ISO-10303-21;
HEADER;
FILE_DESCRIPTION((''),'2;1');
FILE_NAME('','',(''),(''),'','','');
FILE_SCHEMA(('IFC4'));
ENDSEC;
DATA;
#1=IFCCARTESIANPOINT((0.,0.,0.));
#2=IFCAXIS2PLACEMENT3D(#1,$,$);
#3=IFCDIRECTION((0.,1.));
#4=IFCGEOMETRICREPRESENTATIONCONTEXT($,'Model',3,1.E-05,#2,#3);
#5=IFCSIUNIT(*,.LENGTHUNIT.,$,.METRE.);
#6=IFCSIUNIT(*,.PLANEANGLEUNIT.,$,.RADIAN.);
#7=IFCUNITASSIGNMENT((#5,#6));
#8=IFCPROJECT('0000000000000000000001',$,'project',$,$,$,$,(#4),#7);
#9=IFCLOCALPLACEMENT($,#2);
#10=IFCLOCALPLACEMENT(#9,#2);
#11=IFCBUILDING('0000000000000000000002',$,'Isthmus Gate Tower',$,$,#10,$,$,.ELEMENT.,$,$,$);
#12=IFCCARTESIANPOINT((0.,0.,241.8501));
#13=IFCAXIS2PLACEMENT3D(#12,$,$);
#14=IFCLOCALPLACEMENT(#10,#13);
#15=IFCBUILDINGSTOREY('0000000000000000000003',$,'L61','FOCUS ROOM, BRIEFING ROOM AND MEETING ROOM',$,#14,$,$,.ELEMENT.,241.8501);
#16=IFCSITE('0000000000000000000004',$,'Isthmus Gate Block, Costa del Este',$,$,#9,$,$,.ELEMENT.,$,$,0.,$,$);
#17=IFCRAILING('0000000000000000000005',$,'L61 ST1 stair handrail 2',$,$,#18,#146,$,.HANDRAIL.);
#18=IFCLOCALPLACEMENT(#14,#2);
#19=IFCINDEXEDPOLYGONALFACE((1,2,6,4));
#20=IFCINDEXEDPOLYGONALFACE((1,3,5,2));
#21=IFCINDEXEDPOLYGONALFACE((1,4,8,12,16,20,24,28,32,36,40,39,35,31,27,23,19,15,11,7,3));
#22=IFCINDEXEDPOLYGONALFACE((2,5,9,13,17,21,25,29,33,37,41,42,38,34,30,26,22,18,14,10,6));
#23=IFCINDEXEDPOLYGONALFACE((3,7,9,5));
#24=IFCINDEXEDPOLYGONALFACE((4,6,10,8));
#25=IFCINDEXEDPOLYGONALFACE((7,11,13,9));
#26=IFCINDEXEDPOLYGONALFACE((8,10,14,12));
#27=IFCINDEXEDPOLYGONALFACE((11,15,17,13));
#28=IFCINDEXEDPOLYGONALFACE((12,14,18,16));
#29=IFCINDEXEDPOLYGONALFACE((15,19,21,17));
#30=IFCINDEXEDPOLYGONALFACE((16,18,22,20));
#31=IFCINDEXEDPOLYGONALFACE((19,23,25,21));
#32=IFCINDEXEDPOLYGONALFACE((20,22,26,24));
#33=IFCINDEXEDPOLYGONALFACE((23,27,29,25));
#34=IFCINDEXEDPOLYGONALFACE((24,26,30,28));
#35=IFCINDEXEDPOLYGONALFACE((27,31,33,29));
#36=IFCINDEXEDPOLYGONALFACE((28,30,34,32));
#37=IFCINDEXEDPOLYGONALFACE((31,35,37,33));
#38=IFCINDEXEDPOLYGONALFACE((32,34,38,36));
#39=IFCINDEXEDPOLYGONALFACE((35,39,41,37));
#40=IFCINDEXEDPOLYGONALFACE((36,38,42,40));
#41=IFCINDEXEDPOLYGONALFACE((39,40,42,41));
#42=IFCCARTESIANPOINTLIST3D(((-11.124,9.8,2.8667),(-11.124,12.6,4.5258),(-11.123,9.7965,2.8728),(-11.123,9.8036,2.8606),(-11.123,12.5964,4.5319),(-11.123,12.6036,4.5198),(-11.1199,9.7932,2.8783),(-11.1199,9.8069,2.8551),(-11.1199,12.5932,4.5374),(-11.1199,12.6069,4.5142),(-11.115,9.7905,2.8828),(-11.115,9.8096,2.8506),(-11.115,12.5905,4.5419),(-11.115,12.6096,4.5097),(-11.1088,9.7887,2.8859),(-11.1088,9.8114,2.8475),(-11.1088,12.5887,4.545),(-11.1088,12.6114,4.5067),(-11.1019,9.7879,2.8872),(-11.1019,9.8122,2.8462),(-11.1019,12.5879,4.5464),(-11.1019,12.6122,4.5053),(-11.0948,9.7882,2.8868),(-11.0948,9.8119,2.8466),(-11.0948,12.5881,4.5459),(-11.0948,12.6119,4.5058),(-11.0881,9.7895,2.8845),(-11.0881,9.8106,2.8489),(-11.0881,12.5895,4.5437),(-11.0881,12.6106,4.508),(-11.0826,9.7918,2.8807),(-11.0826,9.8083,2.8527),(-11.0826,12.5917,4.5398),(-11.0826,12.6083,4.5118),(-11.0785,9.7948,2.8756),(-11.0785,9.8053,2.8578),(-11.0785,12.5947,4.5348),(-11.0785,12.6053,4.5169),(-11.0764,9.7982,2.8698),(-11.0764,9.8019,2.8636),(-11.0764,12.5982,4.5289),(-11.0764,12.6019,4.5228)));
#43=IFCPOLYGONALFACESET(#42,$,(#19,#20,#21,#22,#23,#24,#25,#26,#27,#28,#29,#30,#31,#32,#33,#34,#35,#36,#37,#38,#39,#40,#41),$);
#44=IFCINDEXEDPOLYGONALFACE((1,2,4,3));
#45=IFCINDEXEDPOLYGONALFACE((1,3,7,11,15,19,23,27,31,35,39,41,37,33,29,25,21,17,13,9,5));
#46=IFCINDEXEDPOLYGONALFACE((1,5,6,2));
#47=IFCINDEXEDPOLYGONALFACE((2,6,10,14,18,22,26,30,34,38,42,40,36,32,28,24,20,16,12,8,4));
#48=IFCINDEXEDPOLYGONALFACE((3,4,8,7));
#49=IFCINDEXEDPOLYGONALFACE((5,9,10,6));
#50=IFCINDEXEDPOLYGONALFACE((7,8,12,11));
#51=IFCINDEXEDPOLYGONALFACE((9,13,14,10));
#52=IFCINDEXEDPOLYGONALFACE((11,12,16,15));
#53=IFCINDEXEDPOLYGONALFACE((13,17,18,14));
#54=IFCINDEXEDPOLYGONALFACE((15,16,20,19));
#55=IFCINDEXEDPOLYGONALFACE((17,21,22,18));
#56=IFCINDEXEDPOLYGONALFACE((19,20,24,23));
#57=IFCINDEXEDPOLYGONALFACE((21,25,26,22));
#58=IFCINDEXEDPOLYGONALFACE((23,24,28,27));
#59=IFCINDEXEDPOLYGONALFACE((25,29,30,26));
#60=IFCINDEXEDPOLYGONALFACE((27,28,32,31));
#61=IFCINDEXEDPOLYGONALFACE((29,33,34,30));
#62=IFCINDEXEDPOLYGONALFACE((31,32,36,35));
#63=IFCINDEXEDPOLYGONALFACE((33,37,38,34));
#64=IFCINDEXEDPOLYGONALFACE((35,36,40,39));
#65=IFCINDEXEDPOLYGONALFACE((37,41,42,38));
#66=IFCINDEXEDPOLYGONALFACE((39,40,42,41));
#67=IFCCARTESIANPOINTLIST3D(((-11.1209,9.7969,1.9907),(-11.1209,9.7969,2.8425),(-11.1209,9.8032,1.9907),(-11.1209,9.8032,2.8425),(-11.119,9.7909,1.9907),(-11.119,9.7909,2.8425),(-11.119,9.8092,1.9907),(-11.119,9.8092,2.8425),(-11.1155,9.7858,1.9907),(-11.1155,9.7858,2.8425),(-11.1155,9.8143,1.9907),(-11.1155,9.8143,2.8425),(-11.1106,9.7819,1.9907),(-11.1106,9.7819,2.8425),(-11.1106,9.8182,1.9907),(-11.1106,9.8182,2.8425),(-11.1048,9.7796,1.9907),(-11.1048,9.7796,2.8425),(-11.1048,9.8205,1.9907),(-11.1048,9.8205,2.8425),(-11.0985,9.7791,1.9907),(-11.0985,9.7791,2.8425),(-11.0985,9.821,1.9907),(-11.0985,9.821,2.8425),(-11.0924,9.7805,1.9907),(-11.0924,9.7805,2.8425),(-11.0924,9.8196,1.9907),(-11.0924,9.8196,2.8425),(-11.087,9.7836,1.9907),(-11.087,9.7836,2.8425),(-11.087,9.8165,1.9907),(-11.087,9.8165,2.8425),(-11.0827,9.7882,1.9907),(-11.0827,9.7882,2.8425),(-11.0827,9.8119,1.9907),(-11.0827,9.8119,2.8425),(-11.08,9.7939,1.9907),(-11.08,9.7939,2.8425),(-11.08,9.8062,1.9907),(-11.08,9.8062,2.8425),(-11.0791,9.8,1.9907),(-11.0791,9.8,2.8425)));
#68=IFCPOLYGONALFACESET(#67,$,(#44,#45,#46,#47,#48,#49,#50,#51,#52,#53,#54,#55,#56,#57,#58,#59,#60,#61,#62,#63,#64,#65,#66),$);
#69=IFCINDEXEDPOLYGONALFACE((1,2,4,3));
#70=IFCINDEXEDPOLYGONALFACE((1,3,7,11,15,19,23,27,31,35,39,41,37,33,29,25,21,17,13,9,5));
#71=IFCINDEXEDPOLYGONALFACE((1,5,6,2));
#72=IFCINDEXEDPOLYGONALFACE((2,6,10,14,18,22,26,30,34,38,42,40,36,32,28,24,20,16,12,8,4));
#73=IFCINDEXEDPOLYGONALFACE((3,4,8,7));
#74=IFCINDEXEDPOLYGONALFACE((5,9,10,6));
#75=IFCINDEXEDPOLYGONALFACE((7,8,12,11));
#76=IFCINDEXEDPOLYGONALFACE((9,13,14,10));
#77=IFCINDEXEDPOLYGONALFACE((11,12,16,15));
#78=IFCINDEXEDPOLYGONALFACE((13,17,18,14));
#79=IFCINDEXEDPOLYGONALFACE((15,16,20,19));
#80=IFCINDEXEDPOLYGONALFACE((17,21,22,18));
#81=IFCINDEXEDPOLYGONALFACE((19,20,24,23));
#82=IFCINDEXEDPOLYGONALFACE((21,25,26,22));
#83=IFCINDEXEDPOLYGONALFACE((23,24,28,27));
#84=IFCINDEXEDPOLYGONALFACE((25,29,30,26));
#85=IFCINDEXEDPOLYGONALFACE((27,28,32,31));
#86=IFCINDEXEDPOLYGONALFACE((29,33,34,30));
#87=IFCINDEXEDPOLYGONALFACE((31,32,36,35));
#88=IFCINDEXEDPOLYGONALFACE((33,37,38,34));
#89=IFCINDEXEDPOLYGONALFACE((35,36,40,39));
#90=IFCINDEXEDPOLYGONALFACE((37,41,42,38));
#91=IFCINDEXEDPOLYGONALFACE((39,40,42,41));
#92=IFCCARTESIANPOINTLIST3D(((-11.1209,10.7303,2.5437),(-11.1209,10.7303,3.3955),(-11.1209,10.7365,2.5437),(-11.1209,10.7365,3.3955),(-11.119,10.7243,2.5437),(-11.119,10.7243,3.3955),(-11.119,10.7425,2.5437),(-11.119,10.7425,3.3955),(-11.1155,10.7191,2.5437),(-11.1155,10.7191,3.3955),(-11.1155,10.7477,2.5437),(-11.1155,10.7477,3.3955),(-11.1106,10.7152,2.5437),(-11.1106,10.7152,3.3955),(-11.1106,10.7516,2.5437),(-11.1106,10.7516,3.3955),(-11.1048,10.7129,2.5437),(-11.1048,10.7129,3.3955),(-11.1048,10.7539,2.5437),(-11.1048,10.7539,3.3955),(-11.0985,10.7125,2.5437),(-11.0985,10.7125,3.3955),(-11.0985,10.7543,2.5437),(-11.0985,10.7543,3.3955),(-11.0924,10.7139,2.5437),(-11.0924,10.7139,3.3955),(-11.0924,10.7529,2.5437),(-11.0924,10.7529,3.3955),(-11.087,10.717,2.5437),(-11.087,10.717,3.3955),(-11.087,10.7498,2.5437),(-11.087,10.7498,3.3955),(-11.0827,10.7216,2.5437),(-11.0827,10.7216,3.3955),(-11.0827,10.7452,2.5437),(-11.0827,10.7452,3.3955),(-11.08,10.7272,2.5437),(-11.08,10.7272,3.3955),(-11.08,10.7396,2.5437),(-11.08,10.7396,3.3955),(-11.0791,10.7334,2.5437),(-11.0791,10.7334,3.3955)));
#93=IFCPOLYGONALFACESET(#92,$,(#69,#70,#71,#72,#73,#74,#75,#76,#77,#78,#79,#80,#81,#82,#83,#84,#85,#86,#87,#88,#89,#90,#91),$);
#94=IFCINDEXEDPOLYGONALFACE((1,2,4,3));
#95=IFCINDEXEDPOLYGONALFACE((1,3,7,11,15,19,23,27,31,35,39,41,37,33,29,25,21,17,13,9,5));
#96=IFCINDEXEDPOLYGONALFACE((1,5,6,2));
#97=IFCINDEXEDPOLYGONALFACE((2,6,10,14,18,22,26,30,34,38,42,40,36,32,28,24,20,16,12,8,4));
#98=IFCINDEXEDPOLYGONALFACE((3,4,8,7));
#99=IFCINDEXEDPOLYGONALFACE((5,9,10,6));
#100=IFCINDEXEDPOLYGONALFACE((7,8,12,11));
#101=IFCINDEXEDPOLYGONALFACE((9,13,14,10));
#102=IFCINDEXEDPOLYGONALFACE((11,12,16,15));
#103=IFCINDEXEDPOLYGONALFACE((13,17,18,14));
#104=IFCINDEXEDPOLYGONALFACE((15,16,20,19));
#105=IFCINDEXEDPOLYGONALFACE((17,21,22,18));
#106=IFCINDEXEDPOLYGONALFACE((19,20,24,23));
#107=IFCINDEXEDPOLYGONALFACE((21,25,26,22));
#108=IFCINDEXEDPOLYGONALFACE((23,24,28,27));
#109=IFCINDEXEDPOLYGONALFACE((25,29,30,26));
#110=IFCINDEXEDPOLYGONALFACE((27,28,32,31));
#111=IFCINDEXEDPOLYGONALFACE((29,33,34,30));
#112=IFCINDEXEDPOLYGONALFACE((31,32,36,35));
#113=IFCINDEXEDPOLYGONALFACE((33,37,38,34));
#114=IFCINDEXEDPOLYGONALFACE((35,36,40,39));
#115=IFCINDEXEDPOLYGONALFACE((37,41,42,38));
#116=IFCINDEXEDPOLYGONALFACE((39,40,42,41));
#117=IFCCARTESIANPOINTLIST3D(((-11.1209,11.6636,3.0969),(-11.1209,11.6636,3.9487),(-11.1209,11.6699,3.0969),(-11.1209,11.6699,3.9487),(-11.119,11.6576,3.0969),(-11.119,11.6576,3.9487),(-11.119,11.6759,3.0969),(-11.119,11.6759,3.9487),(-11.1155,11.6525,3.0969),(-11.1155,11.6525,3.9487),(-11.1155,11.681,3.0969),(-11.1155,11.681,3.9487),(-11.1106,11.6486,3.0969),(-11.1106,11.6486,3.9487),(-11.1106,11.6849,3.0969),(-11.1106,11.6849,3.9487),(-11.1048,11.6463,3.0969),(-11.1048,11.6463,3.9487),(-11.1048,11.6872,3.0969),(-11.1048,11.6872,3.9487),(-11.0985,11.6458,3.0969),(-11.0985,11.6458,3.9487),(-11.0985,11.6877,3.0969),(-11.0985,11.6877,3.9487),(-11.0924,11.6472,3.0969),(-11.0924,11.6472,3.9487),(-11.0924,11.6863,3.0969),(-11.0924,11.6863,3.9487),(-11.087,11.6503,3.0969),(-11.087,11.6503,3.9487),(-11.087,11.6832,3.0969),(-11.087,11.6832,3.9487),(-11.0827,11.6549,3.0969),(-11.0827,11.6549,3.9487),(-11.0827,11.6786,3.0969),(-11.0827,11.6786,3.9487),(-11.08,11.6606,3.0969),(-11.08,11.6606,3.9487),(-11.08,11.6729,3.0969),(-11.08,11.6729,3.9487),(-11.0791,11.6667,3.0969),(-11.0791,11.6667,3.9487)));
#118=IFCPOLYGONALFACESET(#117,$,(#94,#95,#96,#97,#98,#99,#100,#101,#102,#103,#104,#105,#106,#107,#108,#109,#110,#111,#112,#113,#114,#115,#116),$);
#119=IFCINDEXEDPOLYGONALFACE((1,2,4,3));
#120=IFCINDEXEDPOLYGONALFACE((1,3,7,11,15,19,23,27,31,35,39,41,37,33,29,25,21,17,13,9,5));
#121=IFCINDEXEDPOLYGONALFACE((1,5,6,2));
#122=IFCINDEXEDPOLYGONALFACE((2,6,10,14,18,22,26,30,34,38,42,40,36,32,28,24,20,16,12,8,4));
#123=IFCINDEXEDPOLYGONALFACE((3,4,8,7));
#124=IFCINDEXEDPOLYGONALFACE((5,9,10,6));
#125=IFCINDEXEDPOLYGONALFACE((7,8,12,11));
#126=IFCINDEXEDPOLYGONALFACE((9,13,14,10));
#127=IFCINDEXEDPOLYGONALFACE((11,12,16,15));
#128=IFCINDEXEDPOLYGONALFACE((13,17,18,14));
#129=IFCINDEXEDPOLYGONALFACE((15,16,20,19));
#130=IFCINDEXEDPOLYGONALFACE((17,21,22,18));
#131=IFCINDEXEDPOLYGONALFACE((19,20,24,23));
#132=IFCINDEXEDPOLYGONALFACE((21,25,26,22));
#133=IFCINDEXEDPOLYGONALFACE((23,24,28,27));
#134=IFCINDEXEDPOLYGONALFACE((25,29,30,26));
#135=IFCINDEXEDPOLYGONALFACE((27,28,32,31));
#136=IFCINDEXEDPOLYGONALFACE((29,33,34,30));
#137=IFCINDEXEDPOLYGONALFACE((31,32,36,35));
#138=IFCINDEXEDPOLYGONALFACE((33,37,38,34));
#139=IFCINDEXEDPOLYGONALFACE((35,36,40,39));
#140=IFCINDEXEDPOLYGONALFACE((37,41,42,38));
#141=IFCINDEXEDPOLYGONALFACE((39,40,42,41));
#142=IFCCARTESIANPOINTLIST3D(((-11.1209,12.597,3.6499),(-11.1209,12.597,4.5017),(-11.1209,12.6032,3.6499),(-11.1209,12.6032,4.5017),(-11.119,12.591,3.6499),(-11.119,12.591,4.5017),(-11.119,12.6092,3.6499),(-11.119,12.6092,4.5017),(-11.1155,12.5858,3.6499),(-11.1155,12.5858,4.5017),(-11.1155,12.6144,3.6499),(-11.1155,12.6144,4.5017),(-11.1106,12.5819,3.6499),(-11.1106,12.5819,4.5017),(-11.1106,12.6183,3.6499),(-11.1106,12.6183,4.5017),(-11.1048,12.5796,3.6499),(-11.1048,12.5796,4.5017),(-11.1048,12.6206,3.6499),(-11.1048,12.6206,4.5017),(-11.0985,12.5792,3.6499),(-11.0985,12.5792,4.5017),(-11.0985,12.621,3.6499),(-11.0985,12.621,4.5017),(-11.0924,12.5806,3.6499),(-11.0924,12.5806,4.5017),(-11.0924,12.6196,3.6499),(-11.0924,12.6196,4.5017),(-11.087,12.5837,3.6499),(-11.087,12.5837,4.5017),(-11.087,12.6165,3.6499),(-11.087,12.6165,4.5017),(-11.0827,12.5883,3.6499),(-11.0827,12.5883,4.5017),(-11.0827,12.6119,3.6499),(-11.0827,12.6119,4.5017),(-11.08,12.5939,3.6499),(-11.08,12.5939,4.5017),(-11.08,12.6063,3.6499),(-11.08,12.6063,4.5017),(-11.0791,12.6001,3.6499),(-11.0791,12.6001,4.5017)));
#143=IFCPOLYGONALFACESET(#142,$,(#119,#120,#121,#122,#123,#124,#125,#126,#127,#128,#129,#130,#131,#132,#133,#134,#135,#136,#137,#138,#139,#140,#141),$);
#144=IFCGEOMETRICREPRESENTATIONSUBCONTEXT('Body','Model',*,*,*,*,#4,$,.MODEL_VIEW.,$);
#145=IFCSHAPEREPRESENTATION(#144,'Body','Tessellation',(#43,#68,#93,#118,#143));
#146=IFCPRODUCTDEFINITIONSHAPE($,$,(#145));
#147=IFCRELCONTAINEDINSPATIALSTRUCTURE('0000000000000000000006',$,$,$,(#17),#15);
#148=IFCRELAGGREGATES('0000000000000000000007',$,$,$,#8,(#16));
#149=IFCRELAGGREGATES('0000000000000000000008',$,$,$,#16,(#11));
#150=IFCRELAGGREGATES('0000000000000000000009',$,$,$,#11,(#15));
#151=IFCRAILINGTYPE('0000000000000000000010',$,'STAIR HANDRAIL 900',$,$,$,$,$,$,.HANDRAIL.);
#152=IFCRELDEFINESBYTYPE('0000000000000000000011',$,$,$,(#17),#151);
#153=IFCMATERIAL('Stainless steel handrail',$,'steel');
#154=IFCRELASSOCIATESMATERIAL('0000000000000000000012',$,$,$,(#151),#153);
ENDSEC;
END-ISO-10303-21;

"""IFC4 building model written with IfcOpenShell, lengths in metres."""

from ifc_helpers import new_model, si_unit, direction, frame, origin, origin_2d, place, context, subcontext, project, spatial, circle, extrude, material, type_object, element, save


model = new_model("IFC4")

# Units and contexts
model_context = context("Model", 3, precision=1e-05, world=origin(), true_north=direction((0.0, 1.0)))
body_context = subcontext(model_context, "Body", "Model", "MODEL_VIEW")
ifc_project = project(units=[si_unit("LENGTHUNIT", "METRE"), si_unit("PLANEANGLEUNIT", "RADIAN")], contexts=[model_context])

# Site, building, storey
site_placement = place(None, origin())
site = spatial("IfcSite", under=ifc_project, at=site_placement, Name="Isthmus Gate Block, Costa del Este", CompositionType="ELEMENT", RefElevation=0.0)
building_placement = place(site_placement, origin())
building = spatial("IfcBuilding", under=site, at=building_placement, Name="Isthmus Gate Tower", CompositionType="ELEMENT")
storey_placement = place(building_placement, frame((0.0, 0.0, 241.8501)))
storey = spatial("IfcBuildingStorey", under=building, at=storey_placement, Name="L61", Description="FOCUS ROOM, BRIEFING ROOM AND MEETING ROOM", CompositionType="ELEMENT", Elevation=241.8501)

# Railing
ifc_material_1 = material(Name="Stainless steel handrail", Category="steel")
railing_type_1 = type_object("IfcRailingType", Name="STAIR HANDRAIL 900", PredefinedType="HANDRAIL", material=ifc_material_1)
railing_1_placement = place(storey_placement, frame((-11.1001, 9.8, 1.9907)))
element("IfcRailing", 1, at=railing_1_placement, inside=storey, type_object=railing_type_1, Name="L61 ST1 stair handrail 2", PredefinedType="HANDRAIL", context=body_context, shape_type="SweptSolid", body=[
    extrude(circle(Radius=0.0239, at=origin_2d()), frame((0.0, 0.0, 0.876), z_axis=(0.0, 0.860306, 0.509778), x_axis=(-1.0, 0.0, 0.0)), (0.0, 0.0, 1.0), 3.2546),
    extrude(circle(Radius=0.021, at=origin_2d()), origin(), (0.0, 0.0, 1.0), 0.8518),
    extrude(circle(Radius=0.021, at=origin_2d()), frame((0.0, 0.9333, 0.553)), (0.0, 0.0, 1.0), 0.8518),
    extrude(circle(Radius=0.021, at=origin_2d()), frame((0.0, 1.8667, 1.1062)), (0.0, 0.0, 1.0), 0.8518),
    extrude(circle(Radius=0.021, at=origin_2d()), frame((0.0, 2.8, 1.6592)), (0.0, 0.0, 1.0), 0.8518),
])

save(model, "model.ifc")
